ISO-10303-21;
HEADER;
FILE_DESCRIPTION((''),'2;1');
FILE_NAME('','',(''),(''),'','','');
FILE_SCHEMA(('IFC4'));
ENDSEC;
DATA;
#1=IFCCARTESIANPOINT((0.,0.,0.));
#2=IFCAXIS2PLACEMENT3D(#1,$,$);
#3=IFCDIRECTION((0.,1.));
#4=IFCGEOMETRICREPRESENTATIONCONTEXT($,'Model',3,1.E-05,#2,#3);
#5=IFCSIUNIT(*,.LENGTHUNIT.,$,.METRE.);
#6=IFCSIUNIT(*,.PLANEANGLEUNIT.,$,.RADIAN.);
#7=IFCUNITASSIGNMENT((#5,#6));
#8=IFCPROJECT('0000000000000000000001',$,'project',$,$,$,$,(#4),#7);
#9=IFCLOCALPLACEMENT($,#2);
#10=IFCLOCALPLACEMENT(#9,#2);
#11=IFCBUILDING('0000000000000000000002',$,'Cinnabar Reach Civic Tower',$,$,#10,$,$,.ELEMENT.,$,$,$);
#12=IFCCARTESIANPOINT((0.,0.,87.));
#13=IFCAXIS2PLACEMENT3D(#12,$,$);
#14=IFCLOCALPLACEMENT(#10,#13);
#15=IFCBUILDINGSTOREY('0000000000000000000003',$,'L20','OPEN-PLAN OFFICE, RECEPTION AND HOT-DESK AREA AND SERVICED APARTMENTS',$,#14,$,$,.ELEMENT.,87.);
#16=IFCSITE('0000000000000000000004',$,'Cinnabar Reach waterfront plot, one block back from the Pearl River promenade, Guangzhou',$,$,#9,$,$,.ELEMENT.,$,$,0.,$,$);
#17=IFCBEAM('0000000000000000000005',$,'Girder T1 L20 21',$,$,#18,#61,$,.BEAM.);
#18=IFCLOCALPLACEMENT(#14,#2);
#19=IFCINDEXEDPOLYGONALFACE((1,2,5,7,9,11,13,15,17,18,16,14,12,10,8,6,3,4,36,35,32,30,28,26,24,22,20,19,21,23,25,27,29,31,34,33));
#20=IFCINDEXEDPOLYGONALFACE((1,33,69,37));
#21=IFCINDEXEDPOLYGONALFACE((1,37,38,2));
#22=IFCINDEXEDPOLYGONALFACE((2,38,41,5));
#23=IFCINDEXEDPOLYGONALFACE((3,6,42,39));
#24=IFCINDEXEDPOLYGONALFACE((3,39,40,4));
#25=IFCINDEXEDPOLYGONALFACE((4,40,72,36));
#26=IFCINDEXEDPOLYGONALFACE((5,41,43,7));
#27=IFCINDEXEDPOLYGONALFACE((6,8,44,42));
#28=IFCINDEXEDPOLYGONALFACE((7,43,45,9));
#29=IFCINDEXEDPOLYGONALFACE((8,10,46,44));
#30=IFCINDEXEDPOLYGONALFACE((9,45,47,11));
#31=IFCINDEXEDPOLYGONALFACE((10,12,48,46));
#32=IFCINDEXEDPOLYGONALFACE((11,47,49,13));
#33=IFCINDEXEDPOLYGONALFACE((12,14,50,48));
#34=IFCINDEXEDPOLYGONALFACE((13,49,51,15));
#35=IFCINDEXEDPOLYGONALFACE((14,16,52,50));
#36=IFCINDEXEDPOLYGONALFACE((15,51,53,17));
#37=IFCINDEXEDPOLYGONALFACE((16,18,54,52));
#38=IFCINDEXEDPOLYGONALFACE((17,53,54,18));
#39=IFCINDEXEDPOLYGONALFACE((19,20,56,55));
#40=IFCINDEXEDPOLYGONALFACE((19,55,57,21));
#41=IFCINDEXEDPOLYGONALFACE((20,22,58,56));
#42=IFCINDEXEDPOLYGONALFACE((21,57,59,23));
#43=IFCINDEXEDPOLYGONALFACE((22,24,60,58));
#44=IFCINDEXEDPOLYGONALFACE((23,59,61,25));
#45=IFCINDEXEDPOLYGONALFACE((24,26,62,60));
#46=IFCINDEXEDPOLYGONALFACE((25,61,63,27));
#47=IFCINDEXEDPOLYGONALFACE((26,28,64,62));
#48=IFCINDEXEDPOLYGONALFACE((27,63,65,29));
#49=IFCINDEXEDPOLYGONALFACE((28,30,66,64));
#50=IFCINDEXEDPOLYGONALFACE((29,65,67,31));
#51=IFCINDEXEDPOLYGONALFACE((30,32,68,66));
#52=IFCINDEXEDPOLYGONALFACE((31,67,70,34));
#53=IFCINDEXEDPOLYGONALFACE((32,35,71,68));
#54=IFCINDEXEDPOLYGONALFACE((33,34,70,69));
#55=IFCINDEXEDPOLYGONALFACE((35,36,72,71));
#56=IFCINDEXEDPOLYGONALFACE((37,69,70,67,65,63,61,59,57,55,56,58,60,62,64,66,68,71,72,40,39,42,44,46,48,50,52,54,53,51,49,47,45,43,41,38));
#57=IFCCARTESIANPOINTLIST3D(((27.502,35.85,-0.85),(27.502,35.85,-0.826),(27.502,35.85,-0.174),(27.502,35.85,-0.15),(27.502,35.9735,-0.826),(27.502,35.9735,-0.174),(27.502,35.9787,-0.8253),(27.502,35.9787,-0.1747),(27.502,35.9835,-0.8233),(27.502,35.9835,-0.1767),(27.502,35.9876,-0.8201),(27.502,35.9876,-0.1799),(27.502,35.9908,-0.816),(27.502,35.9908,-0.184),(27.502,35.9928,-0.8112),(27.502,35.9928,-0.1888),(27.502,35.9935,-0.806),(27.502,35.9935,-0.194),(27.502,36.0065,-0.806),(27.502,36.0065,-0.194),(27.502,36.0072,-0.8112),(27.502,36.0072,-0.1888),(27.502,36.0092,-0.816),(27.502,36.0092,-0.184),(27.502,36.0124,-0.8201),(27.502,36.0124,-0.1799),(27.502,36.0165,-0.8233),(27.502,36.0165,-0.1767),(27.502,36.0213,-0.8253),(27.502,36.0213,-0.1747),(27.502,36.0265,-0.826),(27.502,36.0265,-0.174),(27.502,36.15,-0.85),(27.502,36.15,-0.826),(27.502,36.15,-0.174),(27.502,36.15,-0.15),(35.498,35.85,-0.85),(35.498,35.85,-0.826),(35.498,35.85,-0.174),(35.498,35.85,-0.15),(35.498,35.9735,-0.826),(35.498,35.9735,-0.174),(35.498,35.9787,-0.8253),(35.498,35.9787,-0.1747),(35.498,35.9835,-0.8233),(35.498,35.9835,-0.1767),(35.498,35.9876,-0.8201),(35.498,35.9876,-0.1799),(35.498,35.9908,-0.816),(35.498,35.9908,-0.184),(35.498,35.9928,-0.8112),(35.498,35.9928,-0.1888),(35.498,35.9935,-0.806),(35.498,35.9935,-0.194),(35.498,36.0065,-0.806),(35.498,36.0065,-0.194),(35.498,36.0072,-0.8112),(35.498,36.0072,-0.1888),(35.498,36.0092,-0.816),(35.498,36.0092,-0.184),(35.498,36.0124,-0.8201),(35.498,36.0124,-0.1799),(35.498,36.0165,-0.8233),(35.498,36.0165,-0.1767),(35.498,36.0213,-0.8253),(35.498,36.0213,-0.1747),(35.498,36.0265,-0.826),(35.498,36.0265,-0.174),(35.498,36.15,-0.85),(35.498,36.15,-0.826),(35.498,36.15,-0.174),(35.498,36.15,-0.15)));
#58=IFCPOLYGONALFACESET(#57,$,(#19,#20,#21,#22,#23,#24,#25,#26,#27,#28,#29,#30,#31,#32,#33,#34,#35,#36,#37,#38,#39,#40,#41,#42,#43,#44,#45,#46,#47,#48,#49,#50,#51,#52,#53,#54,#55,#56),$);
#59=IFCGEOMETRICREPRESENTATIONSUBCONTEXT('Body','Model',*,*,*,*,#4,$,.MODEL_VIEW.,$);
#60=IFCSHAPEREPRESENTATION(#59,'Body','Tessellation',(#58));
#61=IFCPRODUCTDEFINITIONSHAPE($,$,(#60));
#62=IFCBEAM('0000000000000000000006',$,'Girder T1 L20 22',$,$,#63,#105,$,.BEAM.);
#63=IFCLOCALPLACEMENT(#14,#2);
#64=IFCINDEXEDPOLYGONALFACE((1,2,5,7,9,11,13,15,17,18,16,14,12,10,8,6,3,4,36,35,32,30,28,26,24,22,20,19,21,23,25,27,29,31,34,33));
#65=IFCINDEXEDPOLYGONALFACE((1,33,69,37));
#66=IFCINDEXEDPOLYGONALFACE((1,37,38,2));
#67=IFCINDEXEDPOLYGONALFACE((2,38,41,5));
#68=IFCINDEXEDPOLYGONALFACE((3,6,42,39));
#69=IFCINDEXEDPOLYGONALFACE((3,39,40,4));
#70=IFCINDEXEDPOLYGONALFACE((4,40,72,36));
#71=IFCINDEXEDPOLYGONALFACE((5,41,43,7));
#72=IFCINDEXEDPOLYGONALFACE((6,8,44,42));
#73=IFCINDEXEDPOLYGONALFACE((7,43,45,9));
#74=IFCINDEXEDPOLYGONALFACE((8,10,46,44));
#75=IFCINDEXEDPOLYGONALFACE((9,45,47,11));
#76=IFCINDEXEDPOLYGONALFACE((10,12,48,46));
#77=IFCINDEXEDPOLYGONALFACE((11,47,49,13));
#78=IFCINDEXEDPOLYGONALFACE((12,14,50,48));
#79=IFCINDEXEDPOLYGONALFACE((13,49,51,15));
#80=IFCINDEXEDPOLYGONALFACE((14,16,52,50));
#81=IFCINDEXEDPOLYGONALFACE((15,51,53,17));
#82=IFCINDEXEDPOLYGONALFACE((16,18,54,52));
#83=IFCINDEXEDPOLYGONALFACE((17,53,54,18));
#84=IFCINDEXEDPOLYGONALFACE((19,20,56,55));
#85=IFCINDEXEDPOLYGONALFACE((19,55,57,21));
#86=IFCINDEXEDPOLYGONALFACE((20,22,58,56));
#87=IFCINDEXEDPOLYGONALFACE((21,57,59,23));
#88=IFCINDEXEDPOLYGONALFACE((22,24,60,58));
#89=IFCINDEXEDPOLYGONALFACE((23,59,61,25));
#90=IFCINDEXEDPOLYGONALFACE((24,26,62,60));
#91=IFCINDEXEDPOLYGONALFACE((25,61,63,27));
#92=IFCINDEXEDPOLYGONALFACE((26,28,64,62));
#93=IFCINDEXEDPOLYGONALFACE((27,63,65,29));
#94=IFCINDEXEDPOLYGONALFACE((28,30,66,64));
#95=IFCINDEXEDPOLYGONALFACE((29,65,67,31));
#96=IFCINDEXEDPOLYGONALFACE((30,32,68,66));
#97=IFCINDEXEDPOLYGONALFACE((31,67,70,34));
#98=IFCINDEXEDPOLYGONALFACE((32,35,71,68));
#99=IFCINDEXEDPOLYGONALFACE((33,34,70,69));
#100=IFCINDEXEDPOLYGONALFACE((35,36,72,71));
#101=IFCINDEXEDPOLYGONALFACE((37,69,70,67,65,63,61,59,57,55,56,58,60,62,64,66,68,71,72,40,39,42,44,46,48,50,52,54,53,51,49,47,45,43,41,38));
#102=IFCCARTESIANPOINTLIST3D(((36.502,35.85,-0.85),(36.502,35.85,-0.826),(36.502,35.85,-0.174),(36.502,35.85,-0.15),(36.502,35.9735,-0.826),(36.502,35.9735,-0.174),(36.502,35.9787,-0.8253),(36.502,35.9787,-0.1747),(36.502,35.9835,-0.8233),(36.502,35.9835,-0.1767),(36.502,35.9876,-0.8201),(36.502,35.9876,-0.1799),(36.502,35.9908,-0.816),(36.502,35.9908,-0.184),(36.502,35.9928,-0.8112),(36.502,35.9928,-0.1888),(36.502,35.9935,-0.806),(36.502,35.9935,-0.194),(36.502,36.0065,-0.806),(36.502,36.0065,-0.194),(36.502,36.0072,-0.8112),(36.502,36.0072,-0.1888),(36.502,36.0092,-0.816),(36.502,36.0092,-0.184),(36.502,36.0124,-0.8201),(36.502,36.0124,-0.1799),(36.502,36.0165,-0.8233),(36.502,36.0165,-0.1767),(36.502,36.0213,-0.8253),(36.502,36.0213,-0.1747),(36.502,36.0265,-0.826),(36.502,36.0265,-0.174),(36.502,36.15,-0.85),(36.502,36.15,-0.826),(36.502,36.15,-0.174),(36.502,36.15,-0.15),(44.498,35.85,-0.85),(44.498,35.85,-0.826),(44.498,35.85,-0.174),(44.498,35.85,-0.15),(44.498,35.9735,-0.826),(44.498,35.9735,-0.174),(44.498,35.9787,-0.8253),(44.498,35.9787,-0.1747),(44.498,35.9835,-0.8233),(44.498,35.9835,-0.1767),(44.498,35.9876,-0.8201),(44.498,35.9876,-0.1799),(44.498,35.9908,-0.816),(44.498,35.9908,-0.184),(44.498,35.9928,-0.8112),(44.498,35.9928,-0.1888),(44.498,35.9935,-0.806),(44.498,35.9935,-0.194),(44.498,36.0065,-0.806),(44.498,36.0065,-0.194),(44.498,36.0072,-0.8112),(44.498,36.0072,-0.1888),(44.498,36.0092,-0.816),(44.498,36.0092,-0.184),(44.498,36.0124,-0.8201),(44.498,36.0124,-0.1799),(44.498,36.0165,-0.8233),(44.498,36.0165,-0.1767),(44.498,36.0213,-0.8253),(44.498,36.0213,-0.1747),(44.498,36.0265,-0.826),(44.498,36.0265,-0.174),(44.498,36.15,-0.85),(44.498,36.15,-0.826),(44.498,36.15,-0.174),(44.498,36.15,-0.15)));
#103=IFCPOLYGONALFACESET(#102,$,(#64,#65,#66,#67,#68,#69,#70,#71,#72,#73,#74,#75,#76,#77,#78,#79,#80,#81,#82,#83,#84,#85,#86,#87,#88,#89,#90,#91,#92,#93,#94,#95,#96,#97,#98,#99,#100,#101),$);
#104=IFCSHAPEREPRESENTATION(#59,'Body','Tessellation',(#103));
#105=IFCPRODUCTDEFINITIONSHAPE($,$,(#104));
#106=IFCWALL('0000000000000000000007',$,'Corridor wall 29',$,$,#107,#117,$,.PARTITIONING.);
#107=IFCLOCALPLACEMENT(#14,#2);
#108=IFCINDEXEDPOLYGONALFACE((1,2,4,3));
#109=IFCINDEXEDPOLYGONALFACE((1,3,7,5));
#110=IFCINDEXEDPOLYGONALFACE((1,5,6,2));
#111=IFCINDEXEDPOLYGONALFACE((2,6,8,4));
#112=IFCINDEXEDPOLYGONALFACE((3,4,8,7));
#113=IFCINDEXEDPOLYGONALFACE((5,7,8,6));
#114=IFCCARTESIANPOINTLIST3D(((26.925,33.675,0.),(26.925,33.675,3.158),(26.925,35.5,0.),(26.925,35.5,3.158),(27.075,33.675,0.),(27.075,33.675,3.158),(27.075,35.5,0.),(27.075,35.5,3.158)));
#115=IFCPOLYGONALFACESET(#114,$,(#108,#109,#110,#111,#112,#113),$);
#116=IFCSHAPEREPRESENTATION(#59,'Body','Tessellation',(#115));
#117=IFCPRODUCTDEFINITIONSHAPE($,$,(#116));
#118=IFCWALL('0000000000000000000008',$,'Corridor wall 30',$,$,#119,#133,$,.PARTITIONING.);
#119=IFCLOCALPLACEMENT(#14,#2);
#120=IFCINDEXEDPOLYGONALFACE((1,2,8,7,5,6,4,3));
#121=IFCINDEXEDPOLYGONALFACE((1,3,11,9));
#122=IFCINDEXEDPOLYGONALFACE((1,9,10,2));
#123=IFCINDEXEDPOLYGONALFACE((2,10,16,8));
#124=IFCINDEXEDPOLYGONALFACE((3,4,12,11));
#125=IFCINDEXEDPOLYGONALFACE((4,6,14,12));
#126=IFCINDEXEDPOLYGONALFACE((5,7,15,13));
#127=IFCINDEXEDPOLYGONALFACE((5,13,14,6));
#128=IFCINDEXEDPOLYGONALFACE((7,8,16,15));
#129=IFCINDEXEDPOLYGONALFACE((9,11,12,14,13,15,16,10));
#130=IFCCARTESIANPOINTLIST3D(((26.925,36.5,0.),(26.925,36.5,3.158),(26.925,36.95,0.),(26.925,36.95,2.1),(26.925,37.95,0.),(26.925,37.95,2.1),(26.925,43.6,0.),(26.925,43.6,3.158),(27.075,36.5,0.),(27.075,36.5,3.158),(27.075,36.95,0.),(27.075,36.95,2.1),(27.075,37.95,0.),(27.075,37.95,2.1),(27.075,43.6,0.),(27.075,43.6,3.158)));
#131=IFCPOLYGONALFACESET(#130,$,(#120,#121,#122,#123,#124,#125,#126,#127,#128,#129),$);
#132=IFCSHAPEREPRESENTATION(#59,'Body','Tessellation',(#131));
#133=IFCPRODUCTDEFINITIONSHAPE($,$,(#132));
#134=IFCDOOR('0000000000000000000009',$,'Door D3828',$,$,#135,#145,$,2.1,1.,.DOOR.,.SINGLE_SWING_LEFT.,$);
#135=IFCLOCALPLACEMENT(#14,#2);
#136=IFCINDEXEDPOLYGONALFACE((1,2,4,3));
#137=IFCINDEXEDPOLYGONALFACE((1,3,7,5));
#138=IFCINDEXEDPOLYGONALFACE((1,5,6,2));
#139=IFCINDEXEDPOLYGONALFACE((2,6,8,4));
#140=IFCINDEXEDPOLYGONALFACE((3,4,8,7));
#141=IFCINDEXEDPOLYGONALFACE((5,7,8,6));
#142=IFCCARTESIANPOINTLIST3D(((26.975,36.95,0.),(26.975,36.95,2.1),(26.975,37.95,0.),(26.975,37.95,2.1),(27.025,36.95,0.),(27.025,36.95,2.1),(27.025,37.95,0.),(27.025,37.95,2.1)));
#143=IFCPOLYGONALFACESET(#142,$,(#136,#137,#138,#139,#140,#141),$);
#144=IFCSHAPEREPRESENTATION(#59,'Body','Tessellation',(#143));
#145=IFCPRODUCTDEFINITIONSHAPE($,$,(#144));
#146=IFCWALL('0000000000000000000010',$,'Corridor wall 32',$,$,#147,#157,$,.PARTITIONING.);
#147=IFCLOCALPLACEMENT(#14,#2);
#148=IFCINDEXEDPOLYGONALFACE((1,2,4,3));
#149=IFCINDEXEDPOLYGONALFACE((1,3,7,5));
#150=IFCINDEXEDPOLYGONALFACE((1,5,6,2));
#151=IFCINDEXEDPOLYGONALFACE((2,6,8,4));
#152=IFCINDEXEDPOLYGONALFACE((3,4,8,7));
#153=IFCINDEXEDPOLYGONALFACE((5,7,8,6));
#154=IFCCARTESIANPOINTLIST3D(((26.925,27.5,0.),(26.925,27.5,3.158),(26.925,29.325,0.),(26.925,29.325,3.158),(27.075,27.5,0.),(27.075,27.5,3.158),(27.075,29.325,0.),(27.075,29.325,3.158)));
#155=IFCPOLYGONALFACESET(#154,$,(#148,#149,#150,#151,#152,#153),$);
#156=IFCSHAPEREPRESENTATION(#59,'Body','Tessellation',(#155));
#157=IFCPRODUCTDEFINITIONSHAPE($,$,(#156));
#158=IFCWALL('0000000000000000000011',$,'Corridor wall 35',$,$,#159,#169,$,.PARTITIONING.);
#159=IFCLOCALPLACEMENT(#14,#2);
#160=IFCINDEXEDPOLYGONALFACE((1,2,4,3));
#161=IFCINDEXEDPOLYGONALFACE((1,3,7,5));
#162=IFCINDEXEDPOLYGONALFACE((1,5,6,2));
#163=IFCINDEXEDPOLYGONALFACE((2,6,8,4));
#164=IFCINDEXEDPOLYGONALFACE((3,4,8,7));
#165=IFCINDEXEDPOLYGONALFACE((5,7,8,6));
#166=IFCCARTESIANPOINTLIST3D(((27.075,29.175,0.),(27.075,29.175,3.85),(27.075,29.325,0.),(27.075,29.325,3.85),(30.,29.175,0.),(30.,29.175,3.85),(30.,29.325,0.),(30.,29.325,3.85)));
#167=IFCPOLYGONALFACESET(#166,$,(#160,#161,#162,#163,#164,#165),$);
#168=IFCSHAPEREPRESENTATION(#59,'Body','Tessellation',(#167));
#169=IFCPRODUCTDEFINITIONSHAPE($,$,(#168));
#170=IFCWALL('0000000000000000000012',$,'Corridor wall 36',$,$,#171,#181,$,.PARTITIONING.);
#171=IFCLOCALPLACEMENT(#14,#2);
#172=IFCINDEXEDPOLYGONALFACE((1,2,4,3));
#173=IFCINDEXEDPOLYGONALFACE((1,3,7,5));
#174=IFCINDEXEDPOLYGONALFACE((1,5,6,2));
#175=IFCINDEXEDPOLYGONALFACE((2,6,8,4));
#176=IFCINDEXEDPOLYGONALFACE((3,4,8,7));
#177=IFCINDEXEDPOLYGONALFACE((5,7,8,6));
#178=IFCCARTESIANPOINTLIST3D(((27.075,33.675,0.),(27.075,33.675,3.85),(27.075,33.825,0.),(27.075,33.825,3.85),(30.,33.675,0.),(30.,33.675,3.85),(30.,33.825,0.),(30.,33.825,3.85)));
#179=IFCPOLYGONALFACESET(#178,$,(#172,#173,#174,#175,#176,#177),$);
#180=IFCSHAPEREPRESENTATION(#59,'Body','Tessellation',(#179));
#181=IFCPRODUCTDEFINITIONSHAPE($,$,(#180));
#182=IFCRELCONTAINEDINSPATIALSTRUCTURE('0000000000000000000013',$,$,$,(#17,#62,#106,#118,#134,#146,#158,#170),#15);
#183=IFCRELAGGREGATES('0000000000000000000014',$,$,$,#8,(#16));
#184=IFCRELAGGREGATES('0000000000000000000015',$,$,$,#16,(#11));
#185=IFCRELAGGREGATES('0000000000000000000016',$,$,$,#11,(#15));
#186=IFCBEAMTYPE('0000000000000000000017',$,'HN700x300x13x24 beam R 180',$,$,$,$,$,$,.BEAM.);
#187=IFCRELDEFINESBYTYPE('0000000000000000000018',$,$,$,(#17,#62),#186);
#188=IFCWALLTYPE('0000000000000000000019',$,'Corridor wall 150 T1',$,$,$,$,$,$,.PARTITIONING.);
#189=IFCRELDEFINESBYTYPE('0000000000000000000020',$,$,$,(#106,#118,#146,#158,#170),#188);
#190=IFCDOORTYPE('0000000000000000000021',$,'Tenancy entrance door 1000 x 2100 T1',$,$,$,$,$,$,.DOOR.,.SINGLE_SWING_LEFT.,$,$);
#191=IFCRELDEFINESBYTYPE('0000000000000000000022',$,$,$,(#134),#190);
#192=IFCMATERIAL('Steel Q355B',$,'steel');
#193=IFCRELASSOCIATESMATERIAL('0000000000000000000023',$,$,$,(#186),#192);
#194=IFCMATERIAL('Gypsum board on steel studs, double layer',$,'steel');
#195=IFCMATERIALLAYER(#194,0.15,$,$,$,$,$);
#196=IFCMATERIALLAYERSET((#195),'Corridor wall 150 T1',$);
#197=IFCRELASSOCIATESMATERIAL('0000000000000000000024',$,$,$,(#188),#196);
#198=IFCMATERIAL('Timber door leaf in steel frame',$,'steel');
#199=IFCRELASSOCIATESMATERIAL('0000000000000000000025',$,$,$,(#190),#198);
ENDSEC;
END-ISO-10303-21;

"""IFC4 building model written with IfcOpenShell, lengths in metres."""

from ifc_helpers import new_model, si_unit, direction, frame, frame_2d, origin, origin_2d, place, context, subcontext, project, spatial, rectangle, i_section, extrude, material, layer, layer_set, material_profile, profile_set, type_object, element, fill, save


model = new_model("IFC4")

# Units and contexts
model_context = context("Model", 3, precision=1e-05, world=origin(), true_north=direction((0.0, 1.0)))
body_context = subcontext(model_context, "Body", "Model", "MODEL_VIEW")
ifc_project = project(units=[si_unit("LENGTHUNIT", "METRE"), si_unit("PLANEANGLEUNIT", "RADIAN")], contexts=[model_context])

# Site, building, storey
site_placement = place(None, origin())
site = spatial("IfcSite", under=ifc_project, at=site_placement, Name="Cinnabar Reach waterfront plot, one block back from the Pearl River promenade, Guangzhou", CompositionType="ELEMENT", RefElevation=0.0)
building_placement = place(site_placement, origin())
building = spatial("IfcBuilding", under=site, at=building_placement, Name="Cinnabar Reach Civic Tower", CompositionType="ELEMENT")
storey_placement = place(building_placement, frame((0.0, 0.0, 87.0)))
storey = spatial("IfcBuildingStorey", under=building, at=storey_placement, Name="L20", Description="OPEN-PLAN OFFICE, RECEPTION AND HOT-DESK AREA AND SERVICED APARTMENTS", CompositionType="ELEMENT", Elevation=87.0)

# Beams
ifc_material_1 = material(Name="Steel Q355B", Category="steel")
ifc_material_profile_1 = material_profile(ifc_material_1, i_section(OverallWidth=0.3, OverallDepth=0.7, WebThickness=0.013, FlangeThickness=0.024, FilletRadius=0.02, at=origin_2d()), Name="HN700x300x13x24")
ifc_profile_set_1 = profile_set([ifc_material_profile_1], Name="Steel Q355B")
beam_type_1 = type_object("IfcBeamType", Name="HN700x300x13x24 beam R 180", PredefinedType="BEAM", material=ifc_profile_set_1)
for number, where, z_axis, x_axis, name in (
    (1, (27.502, 36.0, -0.5), (1.0, 0.0, 0.0), (0.0, 1.0, 0.0), "Girder T1 L20 21"),
    (2, (36.502, 36.0, -0.5), (1.0, 0.0, 0.0), (0.0, 1.0, 0.0), "Girder T1 L20 22"),
):
    element("IfcBeam", number, at=place(storey_placement, frame(where, z_axis=z_axis, x_axis=x_axis)), inside=storey, type_object=beam_type_1, Name=name, PredefinedType="BEAM", context=body_context, shape_type="SweptSolid", body=[
        extrude(i_section(OverallWidth=0.3, OverallDepth=0.7, WebThickness=0.013, FlangeThickness=0.024, FilletRadius=0.02, at=origin_2d()), origin(), (0.0, 0.0, 1.0), 7.996),
    ])

# Wall
ifc_material_2 = material(Name="Gypsum board on steel studs, double layer", Category="steel")
ifc_layer_1 = layer(ifc_material_2, 0.15)
ifc_layer_set_1 = layer_set([ifc_layer_1], Name="Corridor wall 150 T1")
wall_type_1 = type_object("IfcWallType", Name="Corridor wall 150 T1", PredefinedType="PARTITIONING", material=ifc_layer_set_1)
wall_1_placement = place(storey_placement, frame((27.0, 33.675, 0.0), z_axis=(0.0, 0.0, 1.0), x_axis=(0.0, 1.0, 0.0)))
element("IfcWall", 3, at=wall_1_placement, inside=storey, type_object=wall_type_1, Name="Corridor wall 29", PredefinedType="PARTITIONING", context=body_context, shape_type="SweptSolid", body=[
    extrude(rectangle(XDim=1.825, YDim=0.15, at=frame_2d((0.9125, 0.0))), origin(), (0.0, 0.0, 1.0), 3.158),
])

# Wall, opening, door
wall_2_placement = place(storey_placement, frame((27.0, 36.5, 0.0), z_axis=(0.0, 0.0, 1.0), x_axis=(0.0, 1.0, 0.0)))
wall_2 = element("IfcWall", 4, at=wall_2_placement, inside=storey, type_object=wall_type_1, Name="Corridor wall 30", PredefinedType="PARTITIONING", context=body_context, shape_type="SweptSolid", body=[
    extrude(rectangle(XDim=7.1, YDim=0.15, at=frame_2d((3.55, 0.0))), origin(), (0.0, 0.0, 1.0), 3.158),
])
opening_1_placement = place(wall_2_placement, frame((0.45, 0.0, 0.0)))
opening_1 = element("IfcOpeningElement", 5, at=opening_1_placement, cuts=wall_2, PredefinedType="OPENING", context=body_context, shape_type="SweptSolid", body=[
    extrude(rectangle(XDim=1.0, YDim=2.1, at=frame_2d((0.5, 1.05))), frame((0.0, 0.085, 0.0), z_axis=(0.0, -1.0, 0.0), x_axis=(1.0, 0.0, 0.0)), (0.0, 0.0, 1.0), 0.17),
])
ifc_material_3 = material(Name="Timber door leaf in steel frame", Category="steel")
door_type_1 = type_object("IfcDoorType", Name="Tenancy entrance door 1000 x 2100 T1", OperationType="SINGLE_SWING_LEFT", PredefinedType="DOOR", material=ifc_material_3)
door_1_placement = place(opening_1_placement, frame((1.0, 0.0, 0.0), z_axis=(0.0, 0.0, 1.0), x_axis=(-1.0, 0.0, 0.0)))
door_1 = element("IfcDoor", 6, at=door_1_placement, inside=storey, type_object=door_type_1, Name="Door D3828", OperationType="SINGLE_SWING_LEFT", OverallHeight=2.1, OverallWidth=1.0, PredefinedType="DOOR", context=body_context, shape_type="SweptSolid", body=[
    extrude(rectangle(XDim=1.0, YDim=2.1, at=frame_2d((0.5, 1.05))), frame((0.0, 0.025, 0.0), z_axis=(0.0, -1.0, 0.0), x_axis=(1.0, 0.0, 0.0)), (0.0, 0.0, 1.0), 0.05),
])
fill(opening_1, door_1)

# Walls
wall_3_placement = place(storey_placement, frame((27.0, 27.5, 0.0), z_axis=(0.0, 0.0, 1.0), x_axis=(0.0, 1.0, 0.0)))
element("IfcWall", 7, at=wall_3_placement, inside=storey, type_object=wall_type_1, Name="Corridor wall 32", PredefinedType="PARTITIONING", context=body_context, shape_type="SweptSolid", body=[
    extrude(rectangle(XDim=1.825, YDim=0.15, at=frame_2d((0.9125, 0.0))), origin(), (0.0, 0.0, 1.0), 3.158),
])
for number, where, z_axis, x_axis, name in (
    (8, (27.075, 29.25, 0.0), (0.0, 0.0, 1.0), (1.0, 0.0, 0.0), "Corridor wall 35"),
    (9, (27.075, 33.75, 0.0), (0.0, 0.0, 1.0), (1.0, 0.0, 0.0), "Corridor wall 36"),
):
    element("IfcWall", number, at=place(storey_placement, frame(where, z_axis=z_axis, x_axis=x_axis)), inside=storey, type_object=wall_type_1, Name=name, PredefinedType="PARTITIONING", context=body_context, shape_type="SweptSolid", body=[
        extrude(rectangle(XDim=2.925, YDim=0.15, at=frame_2d((1.4625, 0.0))), origin(), (0.0, 0.0, 1.0), 3.85),
    ])

save(model, "model.ifc")
